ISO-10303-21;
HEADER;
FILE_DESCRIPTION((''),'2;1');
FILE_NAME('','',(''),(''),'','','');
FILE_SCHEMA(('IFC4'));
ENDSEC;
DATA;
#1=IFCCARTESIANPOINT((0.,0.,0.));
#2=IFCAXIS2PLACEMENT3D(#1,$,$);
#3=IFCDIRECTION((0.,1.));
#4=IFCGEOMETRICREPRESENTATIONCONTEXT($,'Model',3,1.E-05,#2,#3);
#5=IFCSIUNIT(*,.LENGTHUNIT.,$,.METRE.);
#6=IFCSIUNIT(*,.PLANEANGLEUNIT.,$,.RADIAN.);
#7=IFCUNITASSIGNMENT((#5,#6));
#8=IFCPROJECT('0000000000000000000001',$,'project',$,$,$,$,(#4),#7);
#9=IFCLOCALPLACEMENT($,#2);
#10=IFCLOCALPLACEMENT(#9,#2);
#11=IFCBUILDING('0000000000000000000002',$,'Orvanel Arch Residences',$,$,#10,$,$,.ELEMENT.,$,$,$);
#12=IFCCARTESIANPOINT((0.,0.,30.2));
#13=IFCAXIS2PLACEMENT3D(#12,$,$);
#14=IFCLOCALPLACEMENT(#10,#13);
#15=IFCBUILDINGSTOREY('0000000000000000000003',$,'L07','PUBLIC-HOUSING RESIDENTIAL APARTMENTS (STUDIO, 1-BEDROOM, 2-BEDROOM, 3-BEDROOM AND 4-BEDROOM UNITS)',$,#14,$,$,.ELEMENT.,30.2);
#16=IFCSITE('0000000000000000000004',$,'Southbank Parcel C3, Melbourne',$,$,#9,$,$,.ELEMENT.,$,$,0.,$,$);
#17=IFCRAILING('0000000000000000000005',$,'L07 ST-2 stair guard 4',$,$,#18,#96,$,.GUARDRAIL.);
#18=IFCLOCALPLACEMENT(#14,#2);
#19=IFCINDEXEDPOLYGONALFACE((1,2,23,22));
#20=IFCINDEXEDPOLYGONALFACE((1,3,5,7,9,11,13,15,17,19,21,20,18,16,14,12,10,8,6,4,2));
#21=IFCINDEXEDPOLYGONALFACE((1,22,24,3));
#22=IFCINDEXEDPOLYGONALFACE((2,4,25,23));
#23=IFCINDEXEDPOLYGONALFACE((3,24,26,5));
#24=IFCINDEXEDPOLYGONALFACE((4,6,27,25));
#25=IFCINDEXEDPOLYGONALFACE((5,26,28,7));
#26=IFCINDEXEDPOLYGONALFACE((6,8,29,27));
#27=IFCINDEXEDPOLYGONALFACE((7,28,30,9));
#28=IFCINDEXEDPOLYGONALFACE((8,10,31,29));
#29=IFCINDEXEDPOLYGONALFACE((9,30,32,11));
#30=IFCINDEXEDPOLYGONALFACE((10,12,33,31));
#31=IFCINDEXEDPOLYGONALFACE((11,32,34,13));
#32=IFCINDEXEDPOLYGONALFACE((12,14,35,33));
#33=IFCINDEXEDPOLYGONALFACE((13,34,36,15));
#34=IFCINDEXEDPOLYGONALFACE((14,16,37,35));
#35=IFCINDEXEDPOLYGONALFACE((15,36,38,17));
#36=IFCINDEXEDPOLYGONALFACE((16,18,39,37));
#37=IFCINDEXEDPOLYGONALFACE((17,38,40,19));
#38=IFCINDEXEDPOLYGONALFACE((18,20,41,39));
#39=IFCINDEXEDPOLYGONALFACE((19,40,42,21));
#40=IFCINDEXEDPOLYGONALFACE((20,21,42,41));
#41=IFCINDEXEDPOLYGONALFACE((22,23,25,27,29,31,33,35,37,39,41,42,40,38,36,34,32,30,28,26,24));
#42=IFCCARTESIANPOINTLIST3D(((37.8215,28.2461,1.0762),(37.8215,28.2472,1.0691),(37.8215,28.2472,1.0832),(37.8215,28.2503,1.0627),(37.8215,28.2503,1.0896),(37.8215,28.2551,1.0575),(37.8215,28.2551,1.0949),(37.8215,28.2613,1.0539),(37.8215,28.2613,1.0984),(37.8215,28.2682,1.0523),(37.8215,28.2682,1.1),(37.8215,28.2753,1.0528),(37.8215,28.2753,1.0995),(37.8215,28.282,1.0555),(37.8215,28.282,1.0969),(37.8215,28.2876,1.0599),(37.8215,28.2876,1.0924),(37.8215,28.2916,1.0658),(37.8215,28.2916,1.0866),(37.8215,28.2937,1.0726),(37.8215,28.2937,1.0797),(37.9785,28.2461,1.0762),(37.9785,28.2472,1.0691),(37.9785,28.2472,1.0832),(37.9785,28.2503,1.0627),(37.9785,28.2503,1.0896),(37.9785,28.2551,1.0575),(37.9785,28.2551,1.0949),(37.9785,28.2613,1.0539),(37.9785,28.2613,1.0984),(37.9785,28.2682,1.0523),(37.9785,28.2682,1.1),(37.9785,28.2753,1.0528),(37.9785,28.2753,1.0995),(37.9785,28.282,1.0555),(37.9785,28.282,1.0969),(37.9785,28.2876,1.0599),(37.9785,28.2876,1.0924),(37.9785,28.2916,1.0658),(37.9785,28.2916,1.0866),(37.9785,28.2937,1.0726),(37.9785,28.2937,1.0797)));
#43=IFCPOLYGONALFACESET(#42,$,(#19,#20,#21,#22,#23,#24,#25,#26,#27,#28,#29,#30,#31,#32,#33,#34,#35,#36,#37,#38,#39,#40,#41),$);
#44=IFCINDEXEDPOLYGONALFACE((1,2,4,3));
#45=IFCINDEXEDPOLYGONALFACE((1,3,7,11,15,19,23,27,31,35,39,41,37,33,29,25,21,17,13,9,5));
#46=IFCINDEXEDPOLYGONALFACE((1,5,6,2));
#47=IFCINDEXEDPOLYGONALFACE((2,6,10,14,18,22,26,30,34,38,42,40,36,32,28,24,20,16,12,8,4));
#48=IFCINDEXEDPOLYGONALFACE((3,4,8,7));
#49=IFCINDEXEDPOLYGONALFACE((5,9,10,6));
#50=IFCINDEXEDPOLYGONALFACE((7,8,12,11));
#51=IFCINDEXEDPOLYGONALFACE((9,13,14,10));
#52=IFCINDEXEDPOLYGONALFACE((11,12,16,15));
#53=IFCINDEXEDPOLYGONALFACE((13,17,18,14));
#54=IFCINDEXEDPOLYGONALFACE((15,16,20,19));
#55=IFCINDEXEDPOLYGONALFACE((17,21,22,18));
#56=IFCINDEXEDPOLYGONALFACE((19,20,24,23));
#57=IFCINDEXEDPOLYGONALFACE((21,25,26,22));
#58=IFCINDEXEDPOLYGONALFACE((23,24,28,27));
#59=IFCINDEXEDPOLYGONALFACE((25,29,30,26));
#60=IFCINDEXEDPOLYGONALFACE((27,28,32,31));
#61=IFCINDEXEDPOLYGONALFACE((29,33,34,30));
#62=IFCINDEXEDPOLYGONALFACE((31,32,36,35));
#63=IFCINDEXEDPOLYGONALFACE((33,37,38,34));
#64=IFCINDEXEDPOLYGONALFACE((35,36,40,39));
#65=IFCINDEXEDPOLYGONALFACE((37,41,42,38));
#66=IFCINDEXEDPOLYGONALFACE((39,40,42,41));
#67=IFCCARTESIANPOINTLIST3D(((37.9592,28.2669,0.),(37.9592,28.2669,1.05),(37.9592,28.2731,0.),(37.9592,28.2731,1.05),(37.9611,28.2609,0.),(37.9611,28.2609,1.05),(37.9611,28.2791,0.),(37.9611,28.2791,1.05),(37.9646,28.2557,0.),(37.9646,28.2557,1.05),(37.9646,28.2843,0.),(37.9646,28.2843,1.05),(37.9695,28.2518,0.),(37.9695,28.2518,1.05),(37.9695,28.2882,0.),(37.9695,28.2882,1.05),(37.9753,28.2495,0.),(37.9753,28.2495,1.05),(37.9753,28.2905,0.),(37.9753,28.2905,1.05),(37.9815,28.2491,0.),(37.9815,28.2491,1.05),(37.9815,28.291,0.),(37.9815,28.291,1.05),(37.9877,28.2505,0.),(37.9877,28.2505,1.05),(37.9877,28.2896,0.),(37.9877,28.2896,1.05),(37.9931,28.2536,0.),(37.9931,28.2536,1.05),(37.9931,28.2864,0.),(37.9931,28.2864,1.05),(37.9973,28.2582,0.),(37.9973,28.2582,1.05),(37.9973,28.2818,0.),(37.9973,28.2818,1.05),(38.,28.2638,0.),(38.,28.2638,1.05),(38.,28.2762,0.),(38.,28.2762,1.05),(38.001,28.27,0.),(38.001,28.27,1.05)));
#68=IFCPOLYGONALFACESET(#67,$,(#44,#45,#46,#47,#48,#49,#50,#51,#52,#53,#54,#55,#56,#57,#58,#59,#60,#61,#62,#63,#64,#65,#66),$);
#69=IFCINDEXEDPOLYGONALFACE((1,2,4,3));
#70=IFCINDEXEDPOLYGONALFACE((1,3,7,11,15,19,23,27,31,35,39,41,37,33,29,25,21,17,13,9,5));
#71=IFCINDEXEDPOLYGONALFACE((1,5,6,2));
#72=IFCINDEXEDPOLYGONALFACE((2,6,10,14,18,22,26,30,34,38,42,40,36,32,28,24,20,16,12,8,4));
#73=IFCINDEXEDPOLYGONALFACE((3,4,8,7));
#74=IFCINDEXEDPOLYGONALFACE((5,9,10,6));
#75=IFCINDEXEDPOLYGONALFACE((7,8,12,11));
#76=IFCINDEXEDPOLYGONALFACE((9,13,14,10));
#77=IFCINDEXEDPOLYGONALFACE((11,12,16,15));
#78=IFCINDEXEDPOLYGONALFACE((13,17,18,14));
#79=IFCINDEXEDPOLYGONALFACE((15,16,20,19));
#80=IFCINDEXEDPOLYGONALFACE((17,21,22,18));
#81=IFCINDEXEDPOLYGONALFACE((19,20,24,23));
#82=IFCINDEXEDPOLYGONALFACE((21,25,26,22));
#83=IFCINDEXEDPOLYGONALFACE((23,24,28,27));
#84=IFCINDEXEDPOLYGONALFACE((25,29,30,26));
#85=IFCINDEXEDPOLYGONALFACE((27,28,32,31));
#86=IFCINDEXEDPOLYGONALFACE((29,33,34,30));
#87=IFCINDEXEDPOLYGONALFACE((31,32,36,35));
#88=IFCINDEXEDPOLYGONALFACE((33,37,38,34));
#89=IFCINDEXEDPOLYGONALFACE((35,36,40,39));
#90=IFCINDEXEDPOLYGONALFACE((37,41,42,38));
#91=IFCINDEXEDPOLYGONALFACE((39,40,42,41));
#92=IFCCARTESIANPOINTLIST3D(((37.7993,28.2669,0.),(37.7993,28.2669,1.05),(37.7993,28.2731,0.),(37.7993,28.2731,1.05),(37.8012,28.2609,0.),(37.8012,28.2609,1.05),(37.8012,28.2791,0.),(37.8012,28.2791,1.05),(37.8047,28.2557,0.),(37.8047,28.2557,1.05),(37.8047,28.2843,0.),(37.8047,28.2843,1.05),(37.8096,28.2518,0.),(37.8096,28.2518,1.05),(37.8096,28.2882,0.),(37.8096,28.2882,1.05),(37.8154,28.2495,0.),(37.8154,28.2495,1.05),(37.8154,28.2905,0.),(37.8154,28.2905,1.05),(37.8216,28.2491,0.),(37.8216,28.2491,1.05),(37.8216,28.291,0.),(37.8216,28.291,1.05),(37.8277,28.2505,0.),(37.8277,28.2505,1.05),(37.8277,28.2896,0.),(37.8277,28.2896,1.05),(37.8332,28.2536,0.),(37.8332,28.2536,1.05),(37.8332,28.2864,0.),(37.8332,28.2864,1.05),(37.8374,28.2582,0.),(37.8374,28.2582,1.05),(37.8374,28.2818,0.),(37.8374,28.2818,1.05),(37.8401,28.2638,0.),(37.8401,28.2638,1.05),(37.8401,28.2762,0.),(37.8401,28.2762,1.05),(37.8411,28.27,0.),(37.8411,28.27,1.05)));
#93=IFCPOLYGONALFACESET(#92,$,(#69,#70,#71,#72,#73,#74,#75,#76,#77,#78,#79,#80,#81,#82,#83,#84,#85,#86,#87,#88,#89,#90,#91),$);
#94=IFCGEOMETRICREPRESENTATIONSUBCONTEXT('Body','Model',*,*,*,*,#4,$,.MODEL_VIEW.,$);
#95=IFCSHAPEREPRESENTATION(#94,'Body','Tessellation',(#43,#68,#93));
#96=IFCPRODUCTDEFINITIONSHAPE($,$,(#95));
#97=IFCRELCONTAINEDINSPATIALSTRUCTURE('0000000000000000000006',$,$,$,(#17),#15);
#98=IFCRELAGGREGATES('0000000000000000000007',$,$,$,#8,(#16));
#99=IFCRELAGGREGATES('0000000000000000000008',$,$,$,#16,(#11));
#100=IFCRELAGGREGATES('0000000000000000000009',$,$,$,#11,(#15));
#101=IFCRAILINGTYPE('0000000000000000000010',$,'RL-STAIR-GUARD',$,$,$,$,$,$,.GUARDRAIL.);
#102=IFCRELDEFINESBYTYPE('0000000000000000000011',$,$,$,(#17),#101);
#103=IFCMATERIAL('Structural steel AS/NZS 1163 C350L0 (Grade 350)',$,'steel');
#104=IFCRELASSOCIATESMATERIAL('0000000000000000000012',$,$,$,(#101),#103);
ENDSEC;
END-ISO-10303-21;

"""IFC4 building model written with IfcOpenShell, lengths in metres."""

from ifc_helpers import new_model, si_unit, direction, frame, origin, origin_2d, place, context, subcontext, project, spatial, circle, extrude, material, type_object, element, save


model = new_model("IFC4")

# Units and contexts
model_context = context("Model", 3, precision=1e-05, world=origin(), true_north=direction((0.0, 1.0)))
body_context = subcontext(model_context, "Body", "Model", "MODEL_VIEW")
ifc_project = project(units=[si_unit("LENGTHUNIT", "METRE"), si_unit("PLANEANGLEUNIT", "RADIAN")], contexts=[model_context])

# Site, building, storey
site_placement = place(None, origin())
site = spatial("IfcSite", under=ifc_project, at=site_placement, Name="Southbank Parcel C3, Melbourne", CompositionType="ELEMENT", RefElevation=0.0)
building_placement = place(site_placement, origin())
building = spatial("IfcBuilding", under=site, at=building_placement, Name="Orvanel Arch Residences", CompositionType="ELEMENT")
storey_placement = place(building_placement, frame((0.0, 0.0, 30.2)))
storey = spatial("IfcBuildingStorey", under=building, at=storey_placement, Name="L07", Description="PUBLIC-HOUSING RESIDENTIAL APARTMENTS (STUDIO, 1-BEDROOM, 2-BEDROOM, 3-BEDROOM AND 4-BEDROOM UNITS)", CompositionType="ELEMENT", Elevation=30.2)

# Railing
ifc_material_1 = material(Name="Structural steel AS/NZS 1163 C350L0 (Grade 350)", Category="steel")
railing_type_1 = type_object("IfcRailingType", Name="RL-STAIR-GUARD", PredefinedType="GUARDRAIL", material=ifc_material_1)
railing_1_placement = place(storey_placement, frame((37.98, 28.27, 0.0)))
element("IfcRailing", 1, at=railing_1_placement, inside=storey, type_object=railing_type_1, Name="L07 ST-2 stair guard 4", PredefinedType="GUARDRAIL", context=body_context, shape_type="SweptSolid", body=[
    extrude(circle(Radius=0.0239, at=origin_2d()), frame((-0.0015, 0.0, 1.0762), z_axis=(-1.0, 0.0, 0.0), x_axis=(0.0, -1.0, 0.0)), (0.0, 0.0, 1.0), 0.157),
    extrude(circle(Radius=0.021, at=origin_2d()), origin(), (0.0, 0.0, 1.0), 1.05),
    extrude(circle(Radius=0.021, at=origin_2d()), frame((-0.1599, 0.0, 0.0)), (0.0, 0.0, 1.0), 1.05),
])

save(model, "model.ifc")
